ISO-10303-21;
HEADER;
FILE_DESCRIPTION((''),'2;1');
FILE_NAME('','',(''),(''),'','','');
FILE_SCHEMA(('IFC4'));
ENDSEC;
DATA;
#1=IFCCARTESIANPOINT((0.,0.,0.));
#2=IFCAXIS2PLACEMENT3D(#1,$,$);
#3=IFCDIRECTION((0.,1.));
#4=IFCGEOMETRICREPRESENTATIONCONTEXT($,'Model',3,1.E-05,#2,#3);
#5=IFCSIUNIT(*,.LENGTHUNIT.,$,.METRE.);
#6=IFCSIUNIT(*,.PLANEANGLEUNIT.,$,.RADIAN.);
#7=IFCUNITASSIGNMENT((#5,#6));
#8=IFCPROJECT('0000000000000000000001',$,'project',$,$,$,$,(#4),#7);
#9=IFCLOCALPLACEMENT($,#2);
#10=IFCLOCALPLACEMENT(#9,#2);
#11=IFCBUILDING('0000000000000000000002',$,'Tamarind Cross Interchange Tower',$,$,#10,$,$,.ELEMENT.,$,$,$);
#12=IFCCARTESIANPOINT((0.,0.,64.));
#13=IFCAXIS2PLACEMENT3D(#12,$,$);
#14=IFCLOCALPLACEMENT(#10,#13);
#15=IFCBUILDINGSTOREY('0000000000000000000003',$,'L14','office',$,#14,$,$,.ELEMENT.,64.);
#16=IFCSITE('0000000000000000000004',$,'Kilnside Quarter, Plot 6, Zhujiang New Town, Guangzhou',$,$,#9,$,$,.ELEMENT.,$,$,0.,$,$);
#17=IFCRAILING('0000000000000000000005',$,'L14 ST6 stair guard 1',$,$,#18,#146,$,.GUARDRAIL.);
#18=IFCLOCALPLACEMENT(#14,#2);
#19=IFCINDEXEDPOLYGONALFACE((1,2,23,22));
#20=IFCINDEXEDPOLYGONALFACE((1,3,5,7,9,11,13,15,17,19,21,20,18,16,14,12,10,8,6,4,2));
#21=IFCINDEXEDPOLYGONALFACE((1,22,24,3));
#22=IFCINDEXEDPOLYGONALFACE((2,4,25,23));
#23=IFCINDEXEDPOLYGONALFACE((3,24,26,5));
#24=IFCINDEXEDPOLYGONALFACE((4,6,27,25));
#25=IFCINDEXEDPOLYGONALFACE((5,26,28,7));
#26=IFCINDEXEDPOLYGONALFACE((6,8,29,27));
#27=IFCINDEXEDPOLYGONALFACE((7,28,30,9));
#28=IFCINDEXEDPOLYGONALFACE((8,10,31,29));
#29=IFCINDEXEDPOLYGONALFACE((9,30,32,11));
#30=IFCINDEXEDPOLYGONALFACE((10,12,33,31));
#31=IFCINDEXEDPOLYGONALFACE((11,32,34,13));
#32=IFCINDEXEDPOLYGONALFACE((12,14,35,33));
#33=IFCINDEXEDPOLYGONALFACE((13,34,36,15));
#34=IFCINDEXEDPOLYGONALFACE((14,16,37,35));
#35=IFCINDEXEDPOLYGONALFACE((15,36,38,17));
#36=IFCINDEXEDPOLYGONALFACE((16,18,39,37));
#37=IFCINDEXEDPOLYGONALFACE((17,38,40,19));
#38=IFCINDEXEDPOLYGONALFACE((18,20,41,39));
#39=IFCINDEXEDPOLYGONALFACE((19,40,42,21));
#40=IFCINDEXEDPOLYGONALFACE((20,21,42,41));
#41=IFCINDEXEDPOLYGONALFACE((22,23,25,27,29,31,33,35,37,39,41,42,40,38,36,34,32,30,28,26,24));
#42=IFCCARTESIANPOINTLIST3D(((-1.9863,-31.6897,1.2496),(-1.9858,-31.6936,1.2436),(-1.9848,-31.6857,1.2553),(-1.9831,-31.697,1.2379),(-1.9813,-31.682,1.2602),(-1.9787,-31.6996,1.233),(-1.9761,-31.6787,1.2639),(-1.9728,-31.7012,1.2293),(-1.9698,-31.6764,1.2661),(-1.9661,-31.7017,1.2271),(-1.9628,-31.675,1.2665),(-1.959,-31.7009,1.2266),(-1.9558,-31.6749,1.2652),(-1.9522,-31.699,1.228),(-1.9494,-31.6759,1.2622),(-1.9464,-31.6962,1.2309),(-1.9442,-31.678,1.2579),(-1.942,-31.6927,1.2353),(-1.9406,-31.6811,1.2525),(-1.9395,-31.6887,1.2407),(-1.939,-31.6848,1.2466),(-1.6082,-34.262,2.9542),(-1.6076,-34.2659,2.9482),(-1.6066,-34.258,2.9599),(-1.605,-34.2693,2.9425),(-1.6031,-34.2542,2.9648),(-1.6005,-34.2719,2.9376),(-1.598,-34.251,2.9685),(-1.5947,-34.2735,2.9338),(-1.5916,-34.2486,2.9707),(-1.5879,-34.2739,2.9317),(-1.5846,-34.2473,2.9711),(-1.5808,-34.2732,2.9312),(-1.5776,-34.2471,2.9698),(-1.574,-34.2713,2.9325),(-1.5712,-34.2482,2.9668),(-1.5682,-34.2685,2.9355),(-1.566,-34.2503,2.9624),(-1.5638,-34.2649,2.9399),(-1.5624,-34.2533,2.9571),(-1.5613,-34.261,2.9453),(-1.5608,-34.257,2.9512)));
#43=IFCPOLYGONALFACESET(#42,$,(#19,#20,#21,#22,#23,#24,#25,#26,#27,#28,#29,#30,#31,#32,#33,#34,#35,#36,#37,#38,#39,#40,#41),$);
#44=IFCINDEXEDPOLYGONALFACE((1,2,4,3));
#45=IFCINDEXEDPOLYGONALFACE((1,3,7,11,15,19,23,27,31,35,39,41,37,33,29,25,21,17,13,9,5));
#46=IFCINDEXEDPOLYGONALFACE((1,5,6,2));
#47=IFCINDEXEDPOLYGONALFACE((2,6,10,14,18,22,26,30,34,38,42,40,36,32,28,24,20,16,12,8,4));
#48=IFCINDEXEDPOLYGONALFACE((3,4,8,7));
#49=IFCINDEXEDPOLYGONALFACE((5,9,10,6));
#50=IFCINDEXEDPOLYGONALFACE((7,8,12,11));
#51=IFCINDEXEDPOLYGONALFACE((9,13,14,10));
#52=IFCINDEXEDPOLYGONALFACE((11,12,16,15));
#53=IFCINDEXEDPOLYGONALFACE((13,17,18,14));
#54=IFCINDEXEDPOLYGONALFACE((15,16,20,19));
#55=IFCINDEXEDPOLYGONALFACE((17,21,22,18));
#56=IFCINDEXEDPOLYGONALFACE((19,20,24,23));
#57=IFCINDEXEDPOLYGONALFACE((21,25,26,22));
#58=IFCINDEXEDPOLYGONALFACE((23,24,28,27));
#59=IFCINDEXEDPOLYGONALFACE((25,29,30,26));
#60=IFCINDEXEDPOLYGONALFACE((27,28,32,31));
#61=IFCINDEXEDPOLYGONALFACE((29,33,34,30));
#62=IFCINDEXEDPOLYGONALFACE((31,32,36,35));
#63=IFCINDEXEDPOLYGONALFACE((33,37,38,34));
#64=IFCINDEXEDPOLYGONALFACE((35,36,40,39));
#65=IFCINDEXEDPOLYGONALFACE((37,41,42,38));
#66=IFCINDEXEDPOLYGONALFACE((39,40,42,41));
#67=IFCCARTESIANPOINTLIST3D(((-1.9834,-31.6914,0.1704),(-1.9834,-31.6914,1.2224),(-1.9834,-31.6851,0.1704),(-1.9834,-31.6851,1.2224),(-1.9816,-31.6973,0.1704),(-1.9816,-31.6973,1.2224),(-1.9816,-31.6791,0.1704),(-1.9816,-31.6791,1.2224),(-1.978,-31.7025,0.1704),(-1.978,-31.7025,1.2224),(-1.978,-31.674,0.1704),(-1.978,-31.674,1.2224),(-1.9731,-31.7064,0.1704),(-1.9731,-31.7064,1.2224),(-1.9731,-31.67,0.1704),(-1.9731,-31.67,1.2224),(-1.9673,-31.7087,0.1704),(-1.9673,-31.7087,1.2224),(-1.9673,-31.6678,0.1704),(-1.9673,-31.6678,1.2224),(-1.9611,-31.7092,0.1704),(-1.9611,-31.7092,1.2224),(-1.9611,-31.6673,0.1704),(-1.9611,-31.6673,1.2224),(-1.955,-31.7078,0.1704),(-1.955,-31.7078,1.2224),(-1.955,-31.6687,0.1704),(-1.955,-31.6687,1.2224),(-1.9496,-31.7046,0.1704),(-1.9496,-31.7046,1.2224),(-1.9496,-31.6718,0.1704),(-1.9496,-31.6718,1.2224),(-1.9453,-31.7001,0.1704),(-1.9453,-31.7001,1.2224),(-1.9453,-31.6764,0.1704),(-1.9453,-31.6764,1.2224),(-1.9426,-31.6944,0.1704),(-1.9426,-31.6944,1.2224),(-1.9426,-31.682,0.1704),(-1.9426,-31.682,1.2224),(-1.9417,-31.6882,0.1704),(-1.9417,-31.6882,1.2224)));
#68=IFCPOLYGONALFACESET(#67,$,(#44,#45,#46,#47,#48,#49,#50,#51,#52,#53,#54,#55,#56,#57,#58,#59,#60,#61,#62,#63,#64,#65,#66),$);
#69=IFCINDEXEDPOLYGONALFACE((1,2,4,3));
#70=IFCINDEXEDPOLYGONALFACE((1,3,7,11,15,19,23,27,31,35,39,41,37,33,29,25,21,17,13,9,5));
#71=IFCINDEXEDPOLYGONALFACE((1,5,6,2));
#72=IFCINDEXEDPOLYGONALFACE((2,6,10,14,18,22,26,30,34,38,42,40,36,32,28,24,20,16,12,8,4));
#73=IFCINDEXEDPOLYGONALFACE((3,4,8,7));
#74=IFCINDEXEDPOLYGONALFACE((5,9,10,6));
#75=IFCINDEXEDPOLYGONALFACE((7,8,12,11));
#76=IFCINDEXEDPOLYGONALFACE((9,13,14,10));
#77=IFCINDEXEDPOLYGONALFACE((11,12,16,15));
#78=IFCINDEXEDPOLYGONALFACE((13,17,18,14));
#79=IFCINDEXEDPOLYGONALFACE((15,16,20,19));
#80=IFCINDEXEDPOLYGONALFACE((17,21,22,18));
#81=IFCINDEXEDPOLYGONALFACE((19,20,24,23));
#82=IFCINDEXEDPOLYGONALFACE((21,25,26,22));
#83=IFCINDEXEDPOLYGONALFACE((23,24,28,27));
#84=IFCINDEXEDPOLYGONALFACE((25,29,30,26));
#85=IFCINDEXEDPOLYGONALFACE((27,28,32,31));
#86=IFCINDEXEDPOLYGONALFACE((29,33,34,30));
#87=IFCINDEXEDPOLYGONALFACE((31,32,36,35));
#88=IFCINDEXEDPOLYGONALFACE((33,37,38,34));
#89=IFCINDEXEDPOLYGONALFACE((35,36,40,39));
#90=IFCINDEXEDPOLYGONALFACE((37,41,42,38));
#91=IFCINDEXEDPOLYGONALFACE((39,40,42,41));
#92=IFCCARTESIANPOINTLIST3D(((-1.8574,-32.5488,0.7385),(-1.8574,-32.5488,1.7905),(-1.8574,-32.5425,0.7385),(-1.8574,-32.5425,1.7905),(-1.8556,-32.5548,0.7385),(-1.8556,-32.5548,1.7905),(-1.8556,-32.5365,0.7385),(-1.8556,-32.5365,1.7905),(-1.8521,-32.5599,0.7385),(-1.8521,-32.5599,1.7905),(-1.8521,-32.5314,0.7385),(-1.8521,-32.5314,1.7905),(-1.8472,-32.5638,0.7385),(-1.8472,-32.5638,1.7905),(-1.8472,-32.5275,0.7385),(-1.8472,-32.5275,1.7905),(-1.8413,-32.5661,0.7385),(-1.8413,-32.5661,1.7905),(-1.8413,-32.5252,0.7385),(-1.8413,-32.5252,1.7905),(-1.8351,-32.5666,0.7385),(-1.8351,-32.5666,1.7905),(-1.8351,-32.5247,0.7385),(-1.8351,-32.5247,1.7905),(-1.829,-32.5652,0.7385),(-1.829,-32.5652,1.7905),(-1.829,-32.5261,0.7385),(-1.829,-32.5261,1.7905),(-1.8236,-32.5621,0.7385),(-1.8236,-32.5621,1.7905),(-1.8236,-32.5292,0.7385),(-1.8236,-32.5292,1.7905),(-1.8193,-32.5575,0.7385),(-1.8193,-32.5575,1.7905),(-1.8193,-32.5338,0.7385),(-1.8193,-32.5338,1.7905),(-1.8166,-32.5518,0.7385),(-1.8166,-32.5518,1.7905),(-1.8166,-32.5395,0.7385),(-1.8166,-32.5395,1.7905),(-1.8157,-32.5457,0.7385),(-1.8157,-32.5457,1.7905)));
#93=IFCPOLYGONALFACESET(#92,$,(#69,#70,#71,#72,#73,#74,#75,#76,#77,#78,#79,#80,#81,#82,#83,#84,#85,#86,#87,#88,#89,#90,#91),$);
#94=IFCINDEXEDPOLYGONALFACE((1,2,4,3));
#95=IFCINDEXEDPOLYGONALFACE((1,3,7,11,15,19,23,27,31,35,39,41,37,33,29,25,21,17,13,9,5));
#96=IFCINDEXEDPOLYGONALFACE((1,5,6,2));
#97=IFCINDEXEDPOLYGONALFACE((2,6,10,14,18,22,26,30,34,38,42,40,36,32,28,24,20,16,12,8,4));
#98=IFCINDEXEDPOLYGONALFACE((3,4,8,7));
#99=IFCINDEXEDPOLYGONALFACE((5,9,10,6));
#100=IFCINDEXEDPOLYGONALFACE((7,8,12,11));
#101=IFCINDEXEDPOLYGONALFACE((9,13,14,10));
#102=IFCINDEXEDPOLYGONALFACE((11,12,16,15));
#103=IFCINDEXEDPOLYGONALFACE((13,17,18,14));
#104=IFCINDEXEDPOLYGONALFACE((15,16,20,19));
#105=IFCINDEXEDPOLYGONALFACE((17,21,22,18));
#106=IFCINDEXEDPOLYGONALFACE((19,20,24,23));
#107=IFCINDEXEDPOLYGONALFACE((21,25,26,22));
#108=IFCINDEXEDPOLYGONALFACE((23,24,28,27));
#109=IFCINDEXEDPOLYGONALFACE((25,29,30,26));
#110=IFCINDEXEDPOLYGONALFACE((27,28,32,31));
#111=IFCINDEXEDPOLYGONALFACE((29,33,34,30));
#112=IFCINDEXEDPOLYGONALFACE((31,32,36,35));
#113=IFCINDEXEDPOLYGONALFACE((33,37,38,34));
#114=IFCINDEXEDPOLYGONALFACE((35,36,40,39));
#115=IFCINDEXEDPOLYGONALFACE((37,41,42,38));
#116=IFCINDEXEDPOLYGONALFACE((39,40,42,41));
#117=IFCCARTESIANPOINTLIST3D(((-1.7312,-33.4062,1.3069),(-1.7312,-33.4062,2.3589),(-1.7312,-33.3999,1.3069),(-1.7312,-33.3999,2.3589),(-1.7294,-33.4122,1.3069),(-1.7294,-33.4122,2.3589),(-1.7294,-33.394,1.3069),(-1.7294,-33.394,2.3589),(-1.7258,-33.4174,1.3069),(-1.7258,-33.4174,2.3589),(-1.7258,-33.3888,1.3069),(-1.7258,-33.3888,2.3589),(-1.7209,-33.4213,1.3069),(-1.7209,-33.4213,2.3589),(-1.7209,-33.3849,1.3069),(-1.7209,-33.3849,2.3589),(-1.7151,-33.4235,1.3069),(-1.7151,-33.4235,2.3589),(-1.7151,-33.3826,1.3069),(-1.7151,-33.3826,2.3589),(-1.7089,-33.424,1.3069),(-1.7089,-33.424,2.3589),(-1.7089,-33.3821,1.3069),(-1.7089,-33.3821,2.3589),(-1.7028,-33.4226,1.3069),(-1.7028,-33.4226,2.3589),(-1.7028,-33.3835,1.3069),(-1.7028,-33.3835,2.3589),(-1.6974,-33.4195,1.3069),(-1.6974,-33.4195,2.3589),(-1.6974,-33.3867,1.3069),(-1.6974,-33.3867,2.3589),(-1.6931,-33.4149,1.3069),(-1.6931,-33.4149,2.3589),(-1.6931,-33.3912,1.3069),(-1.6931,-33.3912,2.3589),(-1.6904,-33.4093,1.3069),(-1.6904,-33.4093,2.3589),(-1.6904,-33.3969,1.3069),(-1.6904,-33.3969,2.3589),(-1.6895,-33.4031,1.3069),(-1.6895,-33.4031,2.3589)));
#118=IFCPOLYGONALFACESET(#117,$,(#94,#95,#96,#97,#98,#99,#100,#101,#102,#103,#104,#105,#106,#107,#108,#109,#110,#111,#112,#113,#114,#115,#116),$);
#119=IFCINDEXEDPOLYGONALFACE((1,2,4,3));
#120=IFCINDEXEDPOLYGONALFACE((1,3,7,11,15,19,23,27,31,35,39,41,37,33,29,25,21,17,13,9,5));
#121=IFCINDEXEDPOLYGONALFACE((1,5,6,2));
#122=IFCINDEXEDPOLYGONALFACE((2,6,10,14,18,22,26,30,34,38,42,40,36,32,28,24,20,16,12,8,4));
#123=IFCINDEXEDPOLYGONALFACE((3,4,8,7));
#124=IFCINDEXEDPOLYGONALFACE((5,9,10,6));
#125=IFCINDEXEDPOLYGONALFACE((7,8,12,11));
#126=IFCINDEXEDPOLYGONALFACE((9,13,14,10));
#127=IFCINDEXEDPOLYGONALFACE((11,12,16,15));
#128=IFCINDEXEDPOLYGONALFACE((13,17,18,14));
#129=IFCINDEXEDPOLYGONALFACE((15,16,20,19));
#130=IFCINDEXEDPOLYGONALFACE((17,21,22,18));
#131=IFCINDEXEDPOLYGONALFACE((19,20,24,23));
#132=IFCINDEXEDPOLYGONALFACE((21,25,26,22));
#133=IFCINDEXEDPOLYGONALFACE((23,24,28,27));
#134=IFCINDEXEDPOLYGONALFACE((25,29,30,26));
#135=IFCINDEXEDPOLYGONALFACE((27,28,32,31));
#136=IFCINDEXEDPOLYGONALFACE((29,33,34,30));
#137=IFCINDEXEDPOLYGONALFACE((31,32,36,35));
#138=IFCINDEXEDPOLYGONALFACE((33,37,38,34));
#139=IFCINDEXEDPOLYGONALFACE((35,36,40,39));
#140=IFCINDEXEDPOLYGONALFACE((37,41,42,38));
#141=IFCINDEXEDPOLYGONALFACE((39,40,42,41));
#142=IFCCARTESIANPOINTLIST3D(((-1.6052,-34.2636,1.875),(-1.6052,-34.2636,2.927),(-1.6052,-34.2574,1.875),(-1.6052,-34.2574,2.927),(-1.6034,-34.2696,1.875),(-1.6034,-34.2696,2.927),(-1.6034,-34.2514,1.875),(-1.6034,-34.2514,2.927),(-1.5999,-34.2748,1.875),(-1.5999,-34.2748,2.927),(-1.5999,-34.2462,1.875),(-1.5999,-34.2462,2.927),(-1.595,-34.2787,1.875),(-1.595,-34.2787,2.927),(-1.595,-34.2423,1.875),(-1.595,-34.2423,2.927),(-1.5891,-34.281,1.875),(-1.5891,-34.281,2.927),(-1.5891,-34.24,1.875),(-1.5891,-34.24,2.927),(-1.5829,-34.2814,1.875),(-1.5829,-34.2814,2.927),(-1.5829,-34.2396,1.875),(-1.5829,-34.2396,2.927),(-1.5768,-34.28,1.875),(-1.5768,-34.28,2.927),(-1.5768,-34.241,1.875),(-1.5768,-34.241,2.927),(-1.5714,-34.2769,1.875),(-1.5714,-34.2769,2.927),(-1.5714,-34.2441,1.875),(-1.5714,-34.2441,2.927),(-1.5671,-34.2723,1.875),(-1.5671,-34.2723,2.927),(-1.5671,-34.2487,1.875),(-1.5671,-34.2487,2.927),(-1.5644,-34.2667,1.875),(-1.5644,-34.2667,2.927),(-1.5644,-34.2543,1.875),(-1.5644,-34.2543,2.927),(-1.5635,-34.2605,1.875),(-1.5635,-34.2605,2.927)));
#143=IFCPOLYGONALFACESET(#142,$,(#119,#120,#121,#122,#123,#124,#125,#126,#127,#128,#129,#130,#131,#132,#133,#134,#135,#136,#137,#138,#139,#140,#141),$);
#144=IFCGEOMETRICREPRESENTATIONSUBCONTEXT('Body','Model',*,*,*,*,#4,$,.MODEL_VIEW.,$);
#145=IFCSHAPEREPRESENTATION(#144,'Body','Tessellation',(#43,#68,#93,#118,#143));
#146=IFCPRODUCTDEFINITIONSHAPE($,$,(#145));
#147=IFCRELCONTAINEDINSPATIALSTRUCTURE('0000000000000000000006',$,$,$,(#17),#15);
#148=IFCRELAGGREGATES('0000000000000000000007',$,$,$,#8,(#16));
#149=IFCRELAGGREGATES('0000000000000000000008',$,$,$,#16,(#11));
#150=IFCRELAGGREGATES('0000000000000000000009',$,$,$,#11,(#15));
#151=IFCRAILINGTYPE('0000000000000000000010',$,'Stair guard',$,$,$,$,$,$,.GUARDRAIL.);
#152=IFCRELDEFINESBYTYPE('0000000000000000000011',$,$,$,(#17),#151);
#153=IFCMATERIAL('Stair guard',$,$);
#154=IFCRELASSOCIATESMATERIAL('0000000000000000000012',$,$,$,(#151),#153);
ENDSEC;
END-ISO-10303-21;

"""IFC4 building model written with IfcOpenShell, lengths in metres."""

from ifc_helpers import new_model, si_unit, direction, frame, origin, origin_2d, place, context, subcontext, project, spatial, circle, extrude, material, type_object, element, save


model = new_model("IFC4")

# Units and contexts
model_context = context("Model", 3, precision=1e-05, world=origin(), true_north=direction((0.0, 1.0)))
body_context = subcontext(model_context, "Body", "Model", "MODEL_VIEW")
ifc_project = project(units=[si_unit("LENGTHUNIT", "METRE"), si_unit("PLANEANGLEUNIT", "RADIAN")], contexts=[model_context])

# Site, building, storey
site_placement = place(None, origin())
site = spatial("IfcSite", under=ifc_project, at=site_placement, Name="Kilnside Quarter, Plot 6, Zhujiang New Town, Guangzhou", CompositionType="ELEMENT", RefElevation=0.0)
building_placement = place(site_placement, origin())
building = spatial("IfcBuilding", under=site, at=building_placement, Name="Tamarind Cross Interchange Tower", CompositionType="ELEMENT")
storey_placement = place(building_placement, frame((0.0, 0.0, 64.0)))
storey = spatial("IfcBuildingStorey", under=building, at=storey_placement, Name="L14", Description="office", CompositionType="ELEMENT", Elevation=64.0)

# Railing
ifc_material_1 = material(Name="Stair guard")
railing_type_1 = type_object("IfcRailingType", Name="Stair guard", PredefinedType="GUARDRAIL", material=ifc_material_1)
railing_1_placement = place(storey_placement, frame((-1.9626, -31.6882, 0.1704)))
element("IfcRailing", 1, at=railing_1_placement, inside=storey, type_object=railing_type_1, Name="L14 ST6 stair guard 1", PredefinedType="GUARDRAIL", context=body_context, shape_type="SweptSolid", body=[
    extrude(circle(Radius=0.0239, at=origin_2d()), frame((0.0, 0.0, 1.0762), z_axis=(0.121643, -0.827391, 0.548295), x_axis=(0.989365, 0.145456, 0.0)), (0.0, 0.0, 1.0), 3.1089),
    extrude(circle(Radius=0.021, at=origin_2d()), origin(), (0.0, 0.0, 1.0), 1.052),
    extrude(circle(Radius=0.021, at=origin_2d()), frame((0.126, -0.8574, 0.5681)), (0.0, 0.0, 1.0), 1.052),
    extrude(circle(Radius=0.021, at=origin_2d()), frame((0.2522, -1.7148, 1.1365)), (0.0, 0.0, 1.0), 1.052),
    extrude(circle(Radius=0.021, at=origin_2d()), frame((0.3782, -2.5723, 1.7046)), (0.0, 0.0, 1.0), 1.052),
])

save(model, "model.ifc")
